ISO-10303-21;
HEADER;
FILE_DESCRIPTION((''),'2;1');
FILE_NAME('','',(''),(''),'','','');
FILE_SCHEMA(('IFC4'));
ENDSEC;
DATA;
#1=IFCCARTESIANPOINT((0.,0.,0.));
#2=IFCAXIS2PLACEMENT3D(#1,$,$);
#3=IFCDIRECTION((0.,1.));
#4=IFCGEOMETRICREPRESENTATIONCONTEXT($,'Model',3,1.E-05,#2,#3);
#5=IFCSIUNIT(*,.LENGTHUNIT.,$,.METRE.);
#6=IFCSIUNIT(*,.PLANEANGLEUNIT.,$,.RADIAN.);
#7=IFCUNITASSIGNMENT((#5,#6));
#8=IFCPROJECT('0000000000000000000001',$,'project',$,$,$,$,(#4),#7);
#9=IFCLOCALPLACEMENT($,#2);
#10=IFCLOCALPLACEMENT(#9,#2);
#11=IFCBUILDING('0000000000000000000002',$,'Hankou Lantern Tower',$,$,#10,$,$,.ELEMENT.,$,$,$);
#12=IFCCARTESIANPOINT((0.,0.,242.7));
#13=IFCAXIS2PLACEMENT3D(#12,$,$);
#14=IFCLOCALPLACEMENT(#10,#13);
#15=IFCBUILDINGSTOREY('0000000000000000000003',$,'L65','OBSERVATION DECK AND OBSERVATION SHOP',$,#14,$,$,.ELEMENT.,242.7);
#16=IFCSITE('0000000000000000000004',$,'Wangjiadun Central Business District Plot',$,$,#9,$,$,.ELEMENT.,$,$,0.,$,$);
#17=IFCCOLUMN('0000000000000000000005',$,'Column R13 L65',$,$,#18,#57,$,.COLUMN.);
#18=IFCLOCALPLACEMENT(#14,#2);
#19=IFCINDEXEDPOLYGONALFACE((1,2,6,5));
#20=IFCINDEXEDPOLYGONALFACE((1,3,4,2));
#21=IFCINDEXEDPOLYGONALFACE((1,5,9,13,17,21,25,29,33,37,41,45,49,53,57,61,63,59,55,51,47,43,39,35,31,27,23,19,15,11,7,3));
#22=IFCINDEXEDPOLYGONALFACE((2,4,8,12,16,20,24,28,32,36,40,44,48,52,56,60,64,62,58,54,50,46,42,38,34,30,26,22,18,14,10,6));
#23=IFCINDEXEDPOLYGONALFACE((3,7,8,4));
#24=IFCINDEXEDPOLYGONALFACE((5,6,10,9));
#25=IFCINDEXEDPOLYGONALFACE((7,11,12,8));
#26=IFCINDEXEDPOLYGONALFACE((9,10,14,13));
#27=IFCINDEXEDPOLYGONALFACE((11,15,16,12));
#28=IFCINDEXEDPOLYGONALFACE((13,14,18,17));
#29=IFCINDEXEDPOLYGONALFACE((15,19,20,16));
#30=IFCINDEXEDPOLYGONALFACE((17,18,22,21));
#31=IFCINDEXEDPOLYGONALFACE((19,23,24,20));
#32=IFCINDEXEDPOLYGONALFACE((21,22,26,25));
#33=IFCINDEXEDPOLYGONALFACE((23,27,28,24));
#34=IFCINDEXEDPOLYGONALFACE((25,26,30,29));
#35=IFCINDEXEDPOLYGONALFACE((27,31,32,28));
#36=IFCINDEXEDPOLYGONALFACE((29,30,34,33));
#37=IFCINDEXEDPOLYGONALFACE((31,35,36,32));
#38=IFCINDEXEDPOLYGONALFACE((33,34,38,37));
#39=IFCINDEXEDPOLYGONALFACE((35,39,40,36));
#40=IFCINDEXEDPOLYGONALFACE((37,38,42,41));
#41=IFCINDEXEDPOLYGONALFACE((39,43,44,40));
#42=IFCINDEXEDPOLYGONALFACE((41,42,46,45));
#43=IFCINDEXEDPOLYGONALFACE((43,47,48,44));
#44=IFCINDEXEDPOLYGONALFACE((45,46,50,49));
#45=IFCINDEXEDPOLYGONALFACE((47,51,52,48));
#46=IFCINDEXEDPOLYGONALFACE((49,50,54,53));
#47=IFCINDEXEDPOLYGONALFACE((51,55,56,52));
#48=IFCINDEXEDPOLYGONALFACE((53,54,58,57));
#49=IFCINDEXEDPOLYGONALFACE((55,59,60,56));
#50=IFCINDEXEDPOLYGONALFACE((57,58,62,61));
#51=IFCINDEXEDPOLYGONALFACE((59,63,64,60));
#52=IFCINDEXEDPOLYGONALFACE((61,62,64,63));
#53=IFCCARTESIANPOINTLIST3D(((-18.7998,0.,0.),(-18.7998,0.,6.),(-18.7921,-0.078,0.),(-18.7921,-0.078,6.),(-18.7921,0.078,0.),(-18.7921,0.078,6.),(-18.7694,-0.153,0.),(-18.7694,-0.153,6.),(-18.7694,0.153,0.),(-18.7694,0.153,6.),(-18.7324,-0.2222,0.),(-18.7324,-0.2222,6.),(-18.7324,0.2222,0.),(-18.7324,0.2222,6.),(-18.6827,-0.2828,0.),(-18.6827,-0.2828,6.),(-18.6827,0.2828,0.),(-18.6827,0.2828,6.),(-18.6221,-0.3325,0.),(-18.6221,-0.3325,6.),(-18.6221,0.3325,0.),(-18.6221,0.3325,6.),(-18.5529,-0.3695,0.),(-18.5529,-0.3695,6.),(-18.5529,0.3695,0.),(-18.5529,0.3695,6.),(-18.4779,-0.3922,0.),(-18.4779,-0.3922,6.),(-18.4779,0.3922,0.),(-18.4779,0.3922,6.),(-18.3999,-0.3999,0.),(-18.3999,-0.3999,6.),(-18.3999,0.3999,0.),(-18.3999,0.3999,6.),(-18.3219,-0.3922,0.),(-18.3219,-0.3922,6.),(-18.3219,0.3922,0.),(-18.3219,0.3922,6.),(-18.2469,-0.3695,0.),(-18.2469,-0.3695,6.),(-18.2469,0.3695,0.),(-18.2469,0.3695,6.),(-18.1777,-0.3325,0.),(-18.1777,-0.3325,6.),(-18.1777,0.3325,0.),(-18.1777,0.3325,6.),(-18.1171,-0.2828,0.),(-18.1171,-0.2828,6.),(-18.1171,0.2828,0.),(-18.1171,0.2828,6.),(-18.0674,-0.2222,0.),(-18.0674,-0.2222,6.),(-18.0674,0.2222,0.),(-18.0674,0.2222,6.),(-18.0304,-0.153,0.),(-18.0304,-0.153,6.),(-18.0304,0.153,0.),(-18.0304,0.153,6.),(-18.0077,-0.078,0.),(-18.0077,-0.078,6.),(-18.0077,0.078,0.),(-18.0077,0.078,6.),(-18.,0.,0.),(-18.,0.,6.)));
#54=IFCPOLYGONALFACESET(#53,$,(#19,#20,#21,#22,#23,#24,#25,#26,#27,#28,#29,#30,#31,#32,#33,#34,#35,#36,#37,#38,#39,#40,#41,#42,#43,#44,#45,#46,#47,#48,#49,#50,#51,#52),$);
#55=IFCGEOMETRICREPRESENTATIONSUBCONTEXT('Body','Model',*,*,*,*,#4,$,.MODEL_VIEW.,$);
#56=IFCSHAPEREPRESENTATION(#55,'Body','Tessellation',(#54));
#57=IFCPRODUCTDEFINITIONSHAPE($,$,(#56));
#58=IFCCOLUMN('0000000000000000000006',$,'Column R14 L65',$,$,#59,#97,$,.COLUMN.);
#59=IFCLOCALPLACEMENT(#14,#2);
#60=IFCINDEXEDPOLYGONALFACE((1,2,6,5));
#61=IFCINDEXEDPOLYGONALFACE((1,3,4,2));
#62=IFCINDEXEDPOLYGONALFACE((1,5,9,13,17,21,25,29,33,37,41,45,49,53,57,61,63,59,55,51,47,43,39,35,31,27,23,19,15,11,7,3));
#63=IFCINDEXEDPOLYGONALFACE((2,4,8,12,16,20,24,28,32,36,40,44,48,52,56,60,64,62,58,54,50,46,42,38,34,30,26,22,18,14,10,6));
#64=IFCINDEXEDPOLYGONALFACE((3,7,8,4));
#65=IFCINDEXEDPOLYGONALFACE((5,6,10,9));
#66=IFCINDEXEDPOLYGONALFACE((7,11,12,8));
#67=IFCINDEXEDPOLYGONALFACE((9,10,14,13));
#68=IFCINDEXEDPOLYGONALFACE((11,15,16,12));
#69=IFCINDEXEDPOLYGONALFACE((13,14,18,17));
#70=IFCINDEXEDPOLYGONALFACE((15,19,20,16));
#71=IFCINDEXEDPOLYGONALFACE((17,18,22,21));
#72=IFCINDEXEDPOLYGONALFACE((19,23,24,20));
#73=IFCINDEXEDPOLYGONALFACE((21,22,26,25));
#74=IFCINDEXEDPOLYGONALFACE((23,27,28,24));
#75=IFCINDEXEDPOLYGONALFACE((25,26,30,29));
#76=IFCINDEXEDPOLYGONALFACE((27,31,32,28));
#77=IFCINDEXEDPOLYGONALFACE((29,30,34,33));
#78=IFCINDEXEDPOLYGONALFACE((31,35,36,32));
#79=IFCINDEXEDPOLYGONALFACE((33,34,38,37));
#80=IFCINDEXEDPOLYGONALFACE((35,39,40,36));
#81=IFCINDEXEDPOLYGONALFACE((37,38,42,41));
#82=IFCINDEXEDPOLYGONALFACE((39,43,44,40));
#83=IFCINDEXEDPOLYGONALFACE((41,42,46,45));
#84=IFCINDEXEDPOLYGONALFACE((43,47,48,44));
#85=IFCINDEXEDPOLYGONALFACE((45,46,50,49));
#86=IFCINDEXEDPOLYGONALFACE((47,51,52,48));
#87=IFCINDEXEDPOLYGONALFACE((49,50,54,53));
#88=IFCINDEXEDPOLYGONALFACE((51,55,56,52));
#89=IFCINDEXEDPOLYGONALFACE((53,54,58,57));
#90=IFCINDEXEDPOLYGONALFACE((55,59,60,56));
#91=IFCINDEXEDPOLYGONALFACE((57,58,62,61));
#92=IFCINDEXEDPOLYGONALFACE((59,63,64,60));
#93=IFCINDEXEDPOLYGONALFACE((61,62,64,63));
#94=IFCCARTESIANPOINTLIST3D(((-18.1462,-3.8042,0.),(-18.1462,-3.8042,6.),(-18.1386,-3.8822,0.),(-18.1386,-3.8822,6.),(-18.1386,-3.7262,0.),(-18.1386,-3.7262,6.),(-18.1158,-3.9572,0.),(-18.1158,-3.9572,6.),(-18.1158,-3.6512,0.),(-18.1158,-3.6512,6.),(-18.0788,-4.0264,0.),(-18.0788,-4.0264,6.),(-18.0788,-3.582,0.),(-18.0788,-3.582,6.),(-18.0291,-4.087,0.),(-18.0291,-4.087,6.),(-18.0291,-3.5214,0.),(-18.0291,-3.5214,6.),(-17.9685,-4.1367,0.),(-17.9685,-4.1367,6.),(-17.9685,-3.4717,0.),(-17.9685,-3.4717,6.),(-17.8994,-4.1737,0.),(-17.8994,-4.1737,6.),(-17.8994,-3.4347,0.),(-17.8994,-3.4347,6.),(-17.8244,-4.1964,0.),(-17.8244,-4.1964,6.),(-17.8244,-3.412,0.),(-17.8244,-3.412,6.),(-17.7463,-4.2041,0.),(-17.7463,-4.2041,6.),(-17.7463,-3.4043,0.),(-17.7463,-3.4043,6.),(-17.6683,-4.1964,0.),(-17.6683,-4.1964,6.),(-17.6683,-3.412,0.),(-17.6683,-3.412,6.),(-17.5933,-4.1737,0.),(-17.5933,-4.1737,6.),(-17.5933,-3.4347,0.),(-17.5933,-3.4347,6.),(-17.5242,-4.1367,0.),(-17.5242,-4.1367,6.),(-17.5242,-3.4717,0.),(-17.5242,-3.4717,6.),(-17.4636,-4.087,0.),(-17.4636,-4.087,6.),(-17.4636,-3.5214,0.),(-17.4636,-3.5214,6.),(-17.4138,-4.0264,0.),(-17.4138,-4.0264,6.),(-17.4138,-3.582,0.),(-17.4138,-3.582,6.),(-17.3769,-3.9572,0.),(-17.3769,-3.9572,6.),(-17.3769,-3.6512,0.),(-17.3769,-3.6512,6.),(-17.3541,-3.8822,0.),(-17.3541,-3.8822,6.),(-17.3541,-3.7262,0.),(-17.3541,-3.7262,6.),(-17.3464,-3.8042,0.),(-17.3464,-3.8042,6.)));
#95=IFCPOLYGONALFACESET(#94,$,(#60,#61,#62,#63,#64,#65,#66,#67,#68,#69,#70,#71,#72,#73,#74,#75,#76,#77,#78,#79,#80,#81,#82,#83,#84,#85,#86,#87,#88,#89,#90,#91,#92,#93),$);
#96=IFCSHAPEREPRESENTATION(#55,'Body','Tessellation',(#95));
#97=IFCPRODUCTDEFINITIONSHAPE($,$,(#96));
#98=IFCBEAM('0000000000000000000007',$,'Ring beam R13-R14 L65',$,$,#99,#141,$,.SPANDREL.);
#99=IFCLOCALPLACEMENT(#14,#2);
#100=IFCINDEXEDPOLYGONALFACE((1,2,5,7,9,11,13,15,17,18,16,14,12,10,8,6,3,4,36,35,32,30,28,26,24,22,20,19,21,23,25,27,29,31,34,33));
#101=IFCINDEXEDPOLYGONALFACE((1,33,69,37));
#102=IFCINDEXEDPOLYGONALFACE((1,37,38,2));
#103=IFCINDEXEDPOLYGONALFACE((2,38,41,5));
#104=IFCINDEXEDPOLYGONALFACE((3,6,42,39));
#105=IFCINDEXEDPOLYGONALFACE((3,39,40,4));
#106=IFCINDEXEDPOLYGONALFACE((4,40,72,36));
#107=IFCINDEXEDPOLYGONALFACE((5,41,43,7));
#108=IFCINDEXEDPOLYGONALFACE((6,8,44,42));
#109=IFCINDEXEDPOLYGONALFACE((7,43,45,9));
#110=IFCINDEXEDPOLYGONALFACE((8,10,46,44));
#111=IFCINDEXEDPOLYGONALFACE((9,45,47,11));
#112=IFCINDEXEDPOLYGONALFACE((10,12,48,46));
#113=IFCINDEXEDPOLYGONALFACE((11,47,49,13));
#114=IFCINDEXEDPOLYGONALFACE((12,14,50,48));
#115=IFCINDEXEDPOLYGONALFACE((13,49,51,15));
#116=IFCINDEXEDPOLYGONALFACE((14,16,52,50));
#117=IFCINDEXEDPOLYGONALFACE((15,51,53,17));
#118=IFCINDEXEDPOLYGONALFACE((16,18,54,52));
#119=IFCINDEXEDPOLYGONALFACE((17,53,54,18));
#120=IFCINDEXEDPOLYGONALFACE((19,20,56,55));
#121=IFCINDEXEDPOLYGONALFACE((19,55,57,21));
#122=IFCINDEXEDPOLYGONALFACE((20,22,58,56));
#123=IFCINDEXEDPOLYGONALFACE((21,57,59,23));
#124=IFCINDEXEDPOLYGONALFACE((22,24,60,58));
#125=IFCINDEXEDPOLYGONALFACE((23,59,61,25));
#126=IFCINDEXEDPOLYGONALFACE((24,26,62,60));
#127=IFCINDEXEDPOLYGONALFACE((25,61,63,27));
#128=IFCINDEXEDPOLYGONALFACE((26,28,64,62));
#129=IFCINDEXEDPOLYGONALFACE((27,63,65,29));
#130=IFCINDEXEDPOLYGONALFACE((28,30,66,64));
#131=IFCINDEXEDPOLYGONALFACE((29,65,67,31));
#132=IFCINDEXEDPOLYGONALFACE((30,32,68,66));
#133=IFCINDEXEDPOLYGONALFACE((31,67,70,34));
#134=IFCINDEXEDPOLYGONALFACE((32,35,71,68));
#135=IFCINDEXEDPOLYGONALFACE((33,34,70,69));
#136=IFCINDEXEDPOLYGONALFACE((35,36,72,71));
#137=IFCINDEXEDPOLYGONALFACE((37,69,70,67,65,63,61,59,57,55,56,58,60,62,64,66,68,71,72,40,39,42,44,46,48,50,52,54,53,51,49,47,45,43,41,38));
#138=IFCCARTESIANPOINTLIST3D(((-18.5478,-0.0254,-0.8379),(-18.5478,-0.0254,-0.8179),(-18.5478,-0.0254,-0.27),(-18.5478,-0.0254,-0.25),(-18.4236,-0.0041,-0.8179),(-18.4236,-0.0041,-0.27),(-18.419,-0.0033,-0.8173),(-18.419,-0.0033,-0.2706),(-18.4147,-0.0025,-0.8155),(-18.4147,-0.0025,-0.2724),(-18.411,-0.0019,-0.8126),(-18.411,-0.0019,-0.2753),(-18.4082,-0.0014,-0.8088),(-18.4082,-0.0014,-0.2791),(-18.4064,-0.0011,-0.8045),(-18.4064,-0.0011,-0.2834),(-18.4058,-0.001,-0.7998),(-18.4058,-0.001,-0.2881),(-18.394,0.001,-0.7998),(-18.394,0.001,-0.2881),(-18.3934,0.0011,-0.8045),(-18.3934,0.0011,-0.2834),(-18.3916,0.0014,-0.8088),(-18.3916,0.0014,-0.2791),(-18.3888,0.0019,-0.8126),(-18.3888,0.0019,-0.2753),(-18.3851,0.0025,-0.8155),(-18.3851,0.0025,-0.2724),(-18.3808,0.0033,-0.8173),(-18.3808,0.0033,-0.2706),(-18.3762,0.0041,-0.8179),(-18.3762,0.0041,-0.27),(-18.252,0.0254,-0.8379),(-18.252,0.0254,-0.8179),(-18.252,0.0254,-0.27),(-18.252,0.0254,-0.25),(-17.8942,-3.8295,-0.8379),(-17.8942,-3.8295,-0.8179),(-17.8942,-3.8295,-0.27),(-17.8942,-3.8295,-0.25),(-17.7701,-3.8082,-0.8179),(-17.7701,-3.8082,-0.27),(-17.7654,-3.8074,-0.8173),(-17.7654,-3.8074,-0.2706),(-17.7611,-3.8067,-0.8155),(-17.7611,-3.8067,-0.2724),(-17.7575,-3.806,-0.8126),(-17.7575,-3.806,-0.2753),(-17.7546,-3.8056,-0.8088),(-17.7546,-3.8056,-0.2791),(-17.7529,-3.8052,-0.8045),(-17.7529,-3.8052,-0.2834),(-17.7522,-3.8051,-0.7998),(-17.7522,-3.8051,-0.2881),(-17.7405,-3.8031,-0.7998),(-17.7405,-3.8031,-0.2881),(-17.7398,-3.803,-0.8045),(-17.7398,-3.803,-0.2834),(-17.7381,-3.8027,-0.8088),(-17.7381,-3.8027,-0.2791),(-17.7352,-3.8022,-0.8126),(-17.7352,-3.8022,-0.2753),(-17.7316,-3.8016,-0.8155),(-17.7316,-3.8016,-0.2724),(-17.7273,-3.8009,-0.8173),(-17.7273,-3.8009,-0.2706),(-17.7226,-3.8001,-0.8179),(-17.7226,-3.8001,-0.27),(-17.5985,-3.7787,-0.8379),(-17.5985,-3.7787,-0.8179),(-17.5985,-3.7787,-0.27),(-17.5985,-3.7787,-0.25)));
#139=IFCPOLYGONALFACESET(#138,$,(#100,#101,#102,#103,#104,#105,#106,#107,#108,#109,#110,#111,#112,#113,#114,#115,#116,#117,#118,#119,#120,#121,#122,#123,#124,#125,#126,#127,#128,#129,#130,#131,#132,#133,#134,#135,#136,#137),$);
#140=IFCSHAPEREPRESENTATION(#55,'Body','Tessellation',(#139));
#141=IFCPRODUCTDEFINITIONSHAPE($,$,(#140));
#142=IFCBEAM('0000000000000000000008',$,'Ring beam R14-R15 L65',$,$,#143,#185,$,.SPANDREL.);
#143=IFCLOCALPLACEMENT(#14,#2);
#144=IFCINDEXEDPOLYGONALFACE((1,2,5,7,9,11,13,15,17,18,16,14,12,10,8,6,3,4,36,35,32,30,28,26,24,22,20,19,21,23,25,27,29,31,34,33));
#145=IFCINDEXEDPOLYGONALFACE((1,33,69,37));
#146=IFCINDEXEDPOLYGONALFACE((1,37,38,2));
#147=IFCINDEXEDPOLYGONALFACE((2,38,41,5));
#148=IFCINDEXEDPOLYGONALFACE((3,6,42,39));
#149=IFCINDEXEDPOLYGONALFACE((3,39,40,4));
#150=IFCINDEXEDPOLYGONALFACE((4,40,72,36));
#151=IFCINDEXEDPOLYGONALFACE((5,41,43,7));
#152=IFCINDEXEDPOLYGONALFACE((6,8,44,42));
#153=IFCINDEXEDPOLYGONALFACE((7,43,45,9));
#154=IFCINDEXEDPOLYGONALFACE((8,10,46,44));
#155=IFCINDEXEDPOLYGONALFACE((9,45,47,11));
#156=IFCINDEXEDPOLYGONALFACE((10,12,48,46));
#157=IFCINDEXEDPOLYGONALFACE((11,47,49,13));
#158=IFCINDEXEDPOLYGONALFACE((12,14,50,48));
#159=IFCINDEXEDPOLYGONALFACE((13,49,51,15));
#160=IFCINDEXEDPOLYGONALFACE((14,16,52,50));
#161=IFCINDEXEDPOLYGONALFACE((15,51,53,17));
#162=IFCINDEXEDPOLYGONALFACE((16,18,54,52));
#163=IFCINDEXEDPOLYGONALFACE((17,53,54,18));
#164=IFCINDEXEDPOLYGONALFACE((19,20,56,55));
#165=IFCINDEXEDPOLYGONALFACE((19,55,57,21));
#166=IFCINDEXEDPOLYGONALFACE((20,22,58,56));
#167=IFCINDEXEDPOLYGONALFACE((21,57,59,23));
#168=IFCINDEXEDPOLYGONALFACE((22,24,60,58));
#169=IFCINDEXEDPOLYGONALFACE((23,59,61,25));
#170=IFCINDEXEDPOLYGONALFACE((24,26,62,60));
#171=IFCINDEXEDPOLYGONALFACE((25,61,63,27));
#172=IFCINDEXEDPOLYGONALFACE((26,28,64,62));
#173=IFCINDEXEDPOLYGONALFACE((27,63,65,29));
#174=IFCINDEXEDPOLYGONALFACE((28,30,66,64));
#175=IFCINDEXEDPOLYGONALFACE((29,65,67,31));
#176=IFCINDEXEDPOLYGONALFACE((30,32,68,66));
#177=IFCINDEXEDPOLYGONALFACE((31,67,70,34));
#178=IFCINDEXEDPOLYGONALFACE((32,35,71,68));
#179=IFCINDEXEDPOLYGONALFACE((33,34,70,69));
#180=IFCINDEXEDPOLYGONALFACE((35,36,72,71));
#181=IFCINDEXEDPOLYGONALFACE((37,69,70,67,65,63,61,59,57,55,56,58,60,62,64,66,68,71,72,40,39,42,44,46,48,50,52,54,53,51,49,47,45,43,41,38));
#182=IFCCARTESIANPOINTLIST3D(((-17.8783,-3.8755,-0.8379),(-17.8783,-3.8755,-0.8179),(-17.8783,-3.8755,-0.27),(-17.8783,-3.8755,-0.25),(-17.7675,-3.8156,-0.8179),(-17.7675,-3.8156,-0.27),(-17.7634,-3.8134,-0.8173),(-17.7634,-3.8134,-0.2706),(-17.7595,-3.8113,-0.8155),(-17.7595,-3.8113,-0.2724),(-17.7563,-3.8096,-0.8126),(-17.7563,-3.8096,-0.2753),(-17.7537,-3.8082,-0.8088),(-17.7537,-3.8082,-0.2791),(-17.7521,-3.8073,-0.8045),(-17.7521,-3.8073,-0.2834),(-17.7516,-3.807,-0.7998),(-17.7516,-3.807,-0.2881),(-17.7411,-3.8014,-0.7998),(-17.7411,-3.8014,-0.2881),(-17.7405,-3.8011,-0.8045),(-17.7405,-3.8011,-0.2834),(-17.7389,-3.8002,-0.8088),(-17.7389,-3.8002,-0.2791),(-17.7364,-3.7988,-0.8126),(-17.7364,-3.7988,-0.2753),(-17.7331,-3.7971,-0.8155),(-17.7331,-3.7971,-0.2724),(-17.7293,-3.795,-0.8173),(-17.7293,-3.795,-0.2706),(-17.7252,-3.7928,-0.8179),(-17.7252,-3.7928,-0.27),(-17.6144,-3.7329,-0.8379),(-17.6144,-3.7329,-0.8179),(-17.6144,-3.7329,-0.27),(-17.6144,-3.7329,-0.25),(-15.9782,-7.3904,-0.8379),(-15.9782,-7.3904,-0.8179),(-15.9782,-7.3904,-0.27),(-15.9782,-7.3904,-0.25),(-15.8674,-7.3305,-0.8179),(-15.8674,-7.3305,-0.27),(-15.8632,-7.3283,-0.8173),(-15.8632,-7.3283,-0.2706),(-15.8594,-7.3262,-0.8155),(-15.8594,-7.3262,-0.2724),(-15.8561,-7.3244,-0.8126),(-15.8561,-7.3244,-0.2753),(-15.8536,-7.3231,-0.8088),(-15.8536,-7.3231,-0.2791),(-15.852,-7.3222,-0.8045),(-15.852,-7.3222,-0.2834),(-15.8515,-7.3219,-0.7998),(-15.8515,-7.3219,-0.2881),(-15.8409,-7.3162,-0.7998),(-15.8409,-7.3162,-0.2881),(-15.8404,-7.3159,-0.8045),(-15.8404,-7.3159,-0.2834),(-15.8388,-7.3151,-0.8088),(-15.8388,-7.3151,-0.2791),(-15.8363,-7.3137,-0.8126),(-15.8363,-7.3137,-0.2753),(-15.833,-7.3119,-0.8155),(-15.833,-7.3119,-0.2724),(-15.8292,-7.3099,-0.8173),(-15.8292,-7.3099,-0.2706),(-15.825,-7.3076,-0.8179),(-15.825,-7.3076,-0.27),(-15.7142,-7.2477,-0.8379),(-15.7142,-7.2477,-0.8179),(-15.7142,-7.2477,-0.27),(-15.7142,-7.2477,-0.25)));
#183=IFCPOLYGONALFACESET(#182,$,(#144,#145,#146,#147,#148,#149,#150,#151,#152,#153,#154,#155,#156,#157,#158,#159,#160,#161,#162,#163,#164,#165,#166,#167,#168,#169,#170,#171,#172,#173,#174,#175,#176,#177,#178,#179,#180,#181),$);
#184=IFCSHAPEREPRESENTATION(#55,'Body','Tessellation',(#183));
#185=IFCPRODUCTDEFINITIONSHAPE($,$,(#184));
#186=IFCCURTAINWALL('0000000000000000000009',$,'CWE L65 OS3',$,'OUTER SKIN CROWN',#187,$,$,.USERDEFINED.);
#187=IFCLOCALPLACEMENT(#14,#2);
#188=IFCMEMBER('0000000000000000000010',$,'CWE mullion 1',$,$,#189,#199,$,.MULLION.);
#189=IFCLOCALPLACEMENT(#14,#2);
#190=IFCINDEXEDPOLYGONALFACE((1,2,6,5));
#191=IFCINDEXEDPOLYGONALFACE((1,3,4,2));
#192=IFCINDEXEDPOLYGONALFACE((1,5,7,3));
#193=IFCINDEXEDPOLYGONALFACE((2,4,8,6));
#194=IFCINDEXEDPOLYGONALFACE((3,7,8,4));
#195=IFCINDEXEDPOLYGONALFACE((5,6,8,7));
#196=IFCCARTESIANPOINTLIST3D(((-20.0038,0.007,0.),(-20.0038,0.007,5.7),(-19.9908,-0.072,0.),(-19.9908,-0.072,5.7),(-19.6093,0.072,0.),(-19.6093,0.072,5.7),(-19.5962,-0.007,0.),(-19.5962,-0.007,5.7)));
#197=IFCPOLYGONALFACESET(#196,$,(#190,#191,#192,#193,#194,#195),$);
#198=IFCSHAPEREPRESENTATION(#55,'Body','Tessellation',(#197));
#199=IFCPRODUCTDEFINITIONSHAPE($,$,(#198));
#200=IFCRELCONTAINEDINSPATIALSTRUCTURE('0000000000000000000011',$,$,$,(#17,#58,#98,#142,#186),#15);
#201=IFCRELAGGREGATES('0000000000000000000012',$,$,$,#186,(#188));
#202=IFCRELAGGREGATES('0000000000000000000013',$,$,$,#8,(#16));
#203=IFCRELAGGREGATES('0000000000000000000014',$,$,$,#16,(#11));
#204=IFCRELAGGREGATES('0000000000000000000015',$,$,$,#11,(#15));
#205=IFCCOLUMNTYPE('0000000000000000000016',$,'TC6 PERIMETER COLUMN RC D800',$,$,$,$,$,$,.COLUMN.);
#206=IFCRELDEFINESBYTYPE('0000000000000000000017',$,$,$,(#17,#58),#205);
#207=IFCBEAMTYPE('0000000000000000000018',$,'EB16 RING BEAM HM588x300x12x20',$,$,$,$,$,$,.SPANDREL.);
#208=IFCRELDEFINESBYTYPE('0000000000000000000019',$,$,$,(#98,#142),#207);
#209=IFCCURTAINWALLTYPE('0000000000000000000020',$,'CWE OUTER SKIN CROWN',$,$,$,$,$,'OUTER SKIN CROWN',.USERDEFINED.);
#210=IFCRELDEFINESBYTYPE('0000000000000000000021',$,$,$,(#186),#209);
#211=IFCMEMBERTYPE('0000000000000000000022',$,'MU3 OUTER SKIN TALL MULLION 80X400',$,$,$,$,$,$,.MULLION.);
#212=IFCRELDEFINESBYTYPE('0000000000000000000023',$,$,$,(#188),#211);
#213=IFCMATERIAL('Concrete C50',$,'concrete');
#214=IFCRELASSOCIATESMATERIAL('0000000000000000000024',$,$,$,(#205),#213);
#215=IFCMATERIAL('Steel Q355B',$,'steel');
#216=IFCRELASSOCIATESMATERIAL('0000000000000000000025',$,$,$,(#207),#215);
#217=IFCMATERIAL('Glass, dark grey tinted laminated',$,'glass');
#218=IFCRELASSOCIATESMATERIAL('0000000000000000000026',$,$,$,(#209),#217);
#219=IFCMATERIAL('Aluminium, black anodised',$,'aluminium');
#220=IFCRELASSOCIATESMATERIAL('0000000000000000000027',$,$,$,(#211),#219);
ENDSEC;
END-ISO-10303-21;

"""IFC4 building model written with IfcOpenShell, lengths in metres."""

from ifc_helpers import new_model, si_unit, direction, frame, origin, origin_2d, place, context, subcontext, project, spatial, rectangle, circle, i_section, extrude, material, material_profile, profile_set, type_object, element, aggregate, save


model = new_model("IFC4")

# Units and contexts
model_context = context("Model", 3, precision=1e-05, world=origin(), true_north=direction((0.0, 1.0)))
body_context = subcontext(model_context, "Body", "Model", "MODEL_VIEW")
ifc_project = project(units=[si_unit("LENGTHUNIT", "METRE"), si_unit("PLANEANGLEUNIT", "RADIAN")], contexts=[model_context])

# Site, building, storey
site_placement = place(None, origin())
site = spatial("IfcSite", under=ifc_project, at=site_placement, Name="Wangjiadun Central Business District Plot", CompositionType="ELEMENT", RefElevation=0.0)
building_placement = place(site_placement, origin())
building = spatial("IfcBuilding", under=site, at=building_placement, Name="Hankou Lantern Tower", CompositionType="ELEMENT")
storey_placement = place(building_placement, frame((0.0, 0.0, 242.7)))
storey = spatial("IfcBuildingStorey", under=building, at=storey_placement, Name="L65", Description="OBSERVATION DECK AND OBSERVATION SHOP", CompositionType="ELEMENT", Elevation=242.7)

# Columns
ifc_material_1 = material(Name="Concrete C50", Category="concrete")
ifc_material_profile_1 = material_profile(ifc_material_1, circle(Radius=0.3999, at=origin_2d()), Name="RC D800")
ifc_profile_set_1 = profile_set([ifc_material_profile_1], Name="Concrete C50")
column_type = type_object("IfcColumnType", Name="TC6 PERIMETER COLUMN RC D800", PredefinedType="COLUMN", material=ifc_profile_set_1)
for number, where, z_axis, x_axis, name in (
    (1, (-18.3999, 0.0, 0.0), (0.0, 0.0, 1.0), (1.0, 0.0, 0.0), "Column R13 L65"),
    (2, (-17.7463, -3.8042, 0.0), (0.0, 0.0, 1.0), (1.0, 0.0, 0.0), "Column R14 L65"),
):
    element("IfcColumn", number, at=place(storey_placement, frame(where, z_axis=z_axis, x_axis=x_axis)), inside=storey, type_object=column_type, Name=name, PredefinedType="COLUMN", context=body_context, shape_type="SweptSolid", body=[
        extrude(circle(Radius=0.3999, at=origin_2d()), origin(), (0.0, 0.0, 1.0), 6.0),
    ])

# Beams
ifc_material_2 = material(Name="Steel Q355B", Category="steel")
ifc_material_profile_2 = material_profile(ifc_material_2, i_section(OverallWidth=0.3, OverallDepth=0.5879, WebThickness=0.012, FlangeThickness=0.02, FilletRadius=0.0181, at=origin_2d()), Name="HM588x300x12x20")
ifc_profile_set_2 = profile_set([ifc_material_profile_2], Name="Steel Q355B")
beam_type_1 = type_object("IfcBeamType", Name="EB16 RING BEAM HM588x300x12x20", PredefinedType="SPANDREL", material=ifc_profile_set_2)
beam_1_placement = place(storey_placement, frame((-18.3999, 0.0, -0.5439), z_axis=(0.16932, -0.985561, 0.0), x_axis=(0.985561, 0.16932, 0.0)))
element("IfcBeam", 3, at=beam_1_placement, inside=storey, type_object=beam_type_1, Name="Ring beam R13-R14 L65", PredefinedType="SPANDREL", context=body_context, shape_type="SweptSolid", body=[
    extrude(i_section(OverallWidth=0.3, OverallDepth=0.5879, WebThickness=0.012, FlangeThickness=0.02, FilletRadius=0.0181, at=origin_2d()), origin(), (0.0, 0.0, 1.0), 3.8599),
])
beam_2_placement = place(storey_placement, frame((-17.7463, -3.8042, -0.5439), z_axis=(0.475557, -0.879685, 0.0), x_axis=(0.879685, 0.475557, 0.0)))
element("IfcBeam", 4, at=beam_2_placement, inside=storey, type_object=beam_type_1, Name="Ring beam R14-R15 L65", PredefinedType="SPANDREL", context=body_context, shape_type="SweptSolid", body=[
    extrude(i_section(OverallWidth=0.3, OverallDepth=0.5879, WebThickness=0.012, FlangeThickness=0.02, FilletRadius=0.0181, at=origin_2d()), origin(), (0.0, 0.0, 1.0), 3.9956),
])

# Curtain wall, member
ifc_material_3 = material(Name="Glass, dark grey tinted laminated", Category="glass")
curtain_wall_type = type_object("IfcCurtainWallType", Name="CWE OUTER SKIN CROWN", ElementType="OUTER SKIN CROWN", PredefinedType="USERDEFINED", material=ifc_material_3)
curtain_wall_1_placement = place(storey_placement, origin())
curtain_wall_1 = element("IfcCurtainWall", 5, at=curtain_wall_1_placement, inside=storey, type_object=curtain_wall_type, Name="CWE L65 OS3", ObjectType="OUTER SKIN CROWN", PredefinedType="USERDEFINED")
ifc_material_4 = material(Name="Aluminium, black anodised", Category="aluminium")
ifc_material_profile_3 = material_profile(ifc_material_4, rectangle(XDim=0.0801, YDim=0.3999, at=origin_2d()), Name="MU3 80X400")
ifc_profile_set_3 = profile_set([ifc_material_profile_3], Name="Aluminium, black anodised")
member_type_1 = type_object("IfcMemberType", Name="MU3 OUTER SKIN TALL MULLION 80X400", PredefinedType="MULLION", material=ifc_profile_set_3)
member_1_placement = place(storey_placement, frame((-19.8, 0.0, 0.0), z_axis=(0.0, 0.0, 1.0), x_axis=(0.162382, -0.986728, 0.0)))
member_1 = element("IfcMember", 6, at=member_1_placement, type_object=member_type_1, Name="CWE mullion 1", PredefinedType="MULLION", context=body_context, shape_type="SweptSolid", body=[
    extrude(rectangle(XDim=0.0801, YDim=0.3999, at=origin_2d()), origin(), (0.0, 0.0, 1.0), 5.7),
])

aggregate(curtain_wall_1, [member_1])

save(model, "model.ifc")
